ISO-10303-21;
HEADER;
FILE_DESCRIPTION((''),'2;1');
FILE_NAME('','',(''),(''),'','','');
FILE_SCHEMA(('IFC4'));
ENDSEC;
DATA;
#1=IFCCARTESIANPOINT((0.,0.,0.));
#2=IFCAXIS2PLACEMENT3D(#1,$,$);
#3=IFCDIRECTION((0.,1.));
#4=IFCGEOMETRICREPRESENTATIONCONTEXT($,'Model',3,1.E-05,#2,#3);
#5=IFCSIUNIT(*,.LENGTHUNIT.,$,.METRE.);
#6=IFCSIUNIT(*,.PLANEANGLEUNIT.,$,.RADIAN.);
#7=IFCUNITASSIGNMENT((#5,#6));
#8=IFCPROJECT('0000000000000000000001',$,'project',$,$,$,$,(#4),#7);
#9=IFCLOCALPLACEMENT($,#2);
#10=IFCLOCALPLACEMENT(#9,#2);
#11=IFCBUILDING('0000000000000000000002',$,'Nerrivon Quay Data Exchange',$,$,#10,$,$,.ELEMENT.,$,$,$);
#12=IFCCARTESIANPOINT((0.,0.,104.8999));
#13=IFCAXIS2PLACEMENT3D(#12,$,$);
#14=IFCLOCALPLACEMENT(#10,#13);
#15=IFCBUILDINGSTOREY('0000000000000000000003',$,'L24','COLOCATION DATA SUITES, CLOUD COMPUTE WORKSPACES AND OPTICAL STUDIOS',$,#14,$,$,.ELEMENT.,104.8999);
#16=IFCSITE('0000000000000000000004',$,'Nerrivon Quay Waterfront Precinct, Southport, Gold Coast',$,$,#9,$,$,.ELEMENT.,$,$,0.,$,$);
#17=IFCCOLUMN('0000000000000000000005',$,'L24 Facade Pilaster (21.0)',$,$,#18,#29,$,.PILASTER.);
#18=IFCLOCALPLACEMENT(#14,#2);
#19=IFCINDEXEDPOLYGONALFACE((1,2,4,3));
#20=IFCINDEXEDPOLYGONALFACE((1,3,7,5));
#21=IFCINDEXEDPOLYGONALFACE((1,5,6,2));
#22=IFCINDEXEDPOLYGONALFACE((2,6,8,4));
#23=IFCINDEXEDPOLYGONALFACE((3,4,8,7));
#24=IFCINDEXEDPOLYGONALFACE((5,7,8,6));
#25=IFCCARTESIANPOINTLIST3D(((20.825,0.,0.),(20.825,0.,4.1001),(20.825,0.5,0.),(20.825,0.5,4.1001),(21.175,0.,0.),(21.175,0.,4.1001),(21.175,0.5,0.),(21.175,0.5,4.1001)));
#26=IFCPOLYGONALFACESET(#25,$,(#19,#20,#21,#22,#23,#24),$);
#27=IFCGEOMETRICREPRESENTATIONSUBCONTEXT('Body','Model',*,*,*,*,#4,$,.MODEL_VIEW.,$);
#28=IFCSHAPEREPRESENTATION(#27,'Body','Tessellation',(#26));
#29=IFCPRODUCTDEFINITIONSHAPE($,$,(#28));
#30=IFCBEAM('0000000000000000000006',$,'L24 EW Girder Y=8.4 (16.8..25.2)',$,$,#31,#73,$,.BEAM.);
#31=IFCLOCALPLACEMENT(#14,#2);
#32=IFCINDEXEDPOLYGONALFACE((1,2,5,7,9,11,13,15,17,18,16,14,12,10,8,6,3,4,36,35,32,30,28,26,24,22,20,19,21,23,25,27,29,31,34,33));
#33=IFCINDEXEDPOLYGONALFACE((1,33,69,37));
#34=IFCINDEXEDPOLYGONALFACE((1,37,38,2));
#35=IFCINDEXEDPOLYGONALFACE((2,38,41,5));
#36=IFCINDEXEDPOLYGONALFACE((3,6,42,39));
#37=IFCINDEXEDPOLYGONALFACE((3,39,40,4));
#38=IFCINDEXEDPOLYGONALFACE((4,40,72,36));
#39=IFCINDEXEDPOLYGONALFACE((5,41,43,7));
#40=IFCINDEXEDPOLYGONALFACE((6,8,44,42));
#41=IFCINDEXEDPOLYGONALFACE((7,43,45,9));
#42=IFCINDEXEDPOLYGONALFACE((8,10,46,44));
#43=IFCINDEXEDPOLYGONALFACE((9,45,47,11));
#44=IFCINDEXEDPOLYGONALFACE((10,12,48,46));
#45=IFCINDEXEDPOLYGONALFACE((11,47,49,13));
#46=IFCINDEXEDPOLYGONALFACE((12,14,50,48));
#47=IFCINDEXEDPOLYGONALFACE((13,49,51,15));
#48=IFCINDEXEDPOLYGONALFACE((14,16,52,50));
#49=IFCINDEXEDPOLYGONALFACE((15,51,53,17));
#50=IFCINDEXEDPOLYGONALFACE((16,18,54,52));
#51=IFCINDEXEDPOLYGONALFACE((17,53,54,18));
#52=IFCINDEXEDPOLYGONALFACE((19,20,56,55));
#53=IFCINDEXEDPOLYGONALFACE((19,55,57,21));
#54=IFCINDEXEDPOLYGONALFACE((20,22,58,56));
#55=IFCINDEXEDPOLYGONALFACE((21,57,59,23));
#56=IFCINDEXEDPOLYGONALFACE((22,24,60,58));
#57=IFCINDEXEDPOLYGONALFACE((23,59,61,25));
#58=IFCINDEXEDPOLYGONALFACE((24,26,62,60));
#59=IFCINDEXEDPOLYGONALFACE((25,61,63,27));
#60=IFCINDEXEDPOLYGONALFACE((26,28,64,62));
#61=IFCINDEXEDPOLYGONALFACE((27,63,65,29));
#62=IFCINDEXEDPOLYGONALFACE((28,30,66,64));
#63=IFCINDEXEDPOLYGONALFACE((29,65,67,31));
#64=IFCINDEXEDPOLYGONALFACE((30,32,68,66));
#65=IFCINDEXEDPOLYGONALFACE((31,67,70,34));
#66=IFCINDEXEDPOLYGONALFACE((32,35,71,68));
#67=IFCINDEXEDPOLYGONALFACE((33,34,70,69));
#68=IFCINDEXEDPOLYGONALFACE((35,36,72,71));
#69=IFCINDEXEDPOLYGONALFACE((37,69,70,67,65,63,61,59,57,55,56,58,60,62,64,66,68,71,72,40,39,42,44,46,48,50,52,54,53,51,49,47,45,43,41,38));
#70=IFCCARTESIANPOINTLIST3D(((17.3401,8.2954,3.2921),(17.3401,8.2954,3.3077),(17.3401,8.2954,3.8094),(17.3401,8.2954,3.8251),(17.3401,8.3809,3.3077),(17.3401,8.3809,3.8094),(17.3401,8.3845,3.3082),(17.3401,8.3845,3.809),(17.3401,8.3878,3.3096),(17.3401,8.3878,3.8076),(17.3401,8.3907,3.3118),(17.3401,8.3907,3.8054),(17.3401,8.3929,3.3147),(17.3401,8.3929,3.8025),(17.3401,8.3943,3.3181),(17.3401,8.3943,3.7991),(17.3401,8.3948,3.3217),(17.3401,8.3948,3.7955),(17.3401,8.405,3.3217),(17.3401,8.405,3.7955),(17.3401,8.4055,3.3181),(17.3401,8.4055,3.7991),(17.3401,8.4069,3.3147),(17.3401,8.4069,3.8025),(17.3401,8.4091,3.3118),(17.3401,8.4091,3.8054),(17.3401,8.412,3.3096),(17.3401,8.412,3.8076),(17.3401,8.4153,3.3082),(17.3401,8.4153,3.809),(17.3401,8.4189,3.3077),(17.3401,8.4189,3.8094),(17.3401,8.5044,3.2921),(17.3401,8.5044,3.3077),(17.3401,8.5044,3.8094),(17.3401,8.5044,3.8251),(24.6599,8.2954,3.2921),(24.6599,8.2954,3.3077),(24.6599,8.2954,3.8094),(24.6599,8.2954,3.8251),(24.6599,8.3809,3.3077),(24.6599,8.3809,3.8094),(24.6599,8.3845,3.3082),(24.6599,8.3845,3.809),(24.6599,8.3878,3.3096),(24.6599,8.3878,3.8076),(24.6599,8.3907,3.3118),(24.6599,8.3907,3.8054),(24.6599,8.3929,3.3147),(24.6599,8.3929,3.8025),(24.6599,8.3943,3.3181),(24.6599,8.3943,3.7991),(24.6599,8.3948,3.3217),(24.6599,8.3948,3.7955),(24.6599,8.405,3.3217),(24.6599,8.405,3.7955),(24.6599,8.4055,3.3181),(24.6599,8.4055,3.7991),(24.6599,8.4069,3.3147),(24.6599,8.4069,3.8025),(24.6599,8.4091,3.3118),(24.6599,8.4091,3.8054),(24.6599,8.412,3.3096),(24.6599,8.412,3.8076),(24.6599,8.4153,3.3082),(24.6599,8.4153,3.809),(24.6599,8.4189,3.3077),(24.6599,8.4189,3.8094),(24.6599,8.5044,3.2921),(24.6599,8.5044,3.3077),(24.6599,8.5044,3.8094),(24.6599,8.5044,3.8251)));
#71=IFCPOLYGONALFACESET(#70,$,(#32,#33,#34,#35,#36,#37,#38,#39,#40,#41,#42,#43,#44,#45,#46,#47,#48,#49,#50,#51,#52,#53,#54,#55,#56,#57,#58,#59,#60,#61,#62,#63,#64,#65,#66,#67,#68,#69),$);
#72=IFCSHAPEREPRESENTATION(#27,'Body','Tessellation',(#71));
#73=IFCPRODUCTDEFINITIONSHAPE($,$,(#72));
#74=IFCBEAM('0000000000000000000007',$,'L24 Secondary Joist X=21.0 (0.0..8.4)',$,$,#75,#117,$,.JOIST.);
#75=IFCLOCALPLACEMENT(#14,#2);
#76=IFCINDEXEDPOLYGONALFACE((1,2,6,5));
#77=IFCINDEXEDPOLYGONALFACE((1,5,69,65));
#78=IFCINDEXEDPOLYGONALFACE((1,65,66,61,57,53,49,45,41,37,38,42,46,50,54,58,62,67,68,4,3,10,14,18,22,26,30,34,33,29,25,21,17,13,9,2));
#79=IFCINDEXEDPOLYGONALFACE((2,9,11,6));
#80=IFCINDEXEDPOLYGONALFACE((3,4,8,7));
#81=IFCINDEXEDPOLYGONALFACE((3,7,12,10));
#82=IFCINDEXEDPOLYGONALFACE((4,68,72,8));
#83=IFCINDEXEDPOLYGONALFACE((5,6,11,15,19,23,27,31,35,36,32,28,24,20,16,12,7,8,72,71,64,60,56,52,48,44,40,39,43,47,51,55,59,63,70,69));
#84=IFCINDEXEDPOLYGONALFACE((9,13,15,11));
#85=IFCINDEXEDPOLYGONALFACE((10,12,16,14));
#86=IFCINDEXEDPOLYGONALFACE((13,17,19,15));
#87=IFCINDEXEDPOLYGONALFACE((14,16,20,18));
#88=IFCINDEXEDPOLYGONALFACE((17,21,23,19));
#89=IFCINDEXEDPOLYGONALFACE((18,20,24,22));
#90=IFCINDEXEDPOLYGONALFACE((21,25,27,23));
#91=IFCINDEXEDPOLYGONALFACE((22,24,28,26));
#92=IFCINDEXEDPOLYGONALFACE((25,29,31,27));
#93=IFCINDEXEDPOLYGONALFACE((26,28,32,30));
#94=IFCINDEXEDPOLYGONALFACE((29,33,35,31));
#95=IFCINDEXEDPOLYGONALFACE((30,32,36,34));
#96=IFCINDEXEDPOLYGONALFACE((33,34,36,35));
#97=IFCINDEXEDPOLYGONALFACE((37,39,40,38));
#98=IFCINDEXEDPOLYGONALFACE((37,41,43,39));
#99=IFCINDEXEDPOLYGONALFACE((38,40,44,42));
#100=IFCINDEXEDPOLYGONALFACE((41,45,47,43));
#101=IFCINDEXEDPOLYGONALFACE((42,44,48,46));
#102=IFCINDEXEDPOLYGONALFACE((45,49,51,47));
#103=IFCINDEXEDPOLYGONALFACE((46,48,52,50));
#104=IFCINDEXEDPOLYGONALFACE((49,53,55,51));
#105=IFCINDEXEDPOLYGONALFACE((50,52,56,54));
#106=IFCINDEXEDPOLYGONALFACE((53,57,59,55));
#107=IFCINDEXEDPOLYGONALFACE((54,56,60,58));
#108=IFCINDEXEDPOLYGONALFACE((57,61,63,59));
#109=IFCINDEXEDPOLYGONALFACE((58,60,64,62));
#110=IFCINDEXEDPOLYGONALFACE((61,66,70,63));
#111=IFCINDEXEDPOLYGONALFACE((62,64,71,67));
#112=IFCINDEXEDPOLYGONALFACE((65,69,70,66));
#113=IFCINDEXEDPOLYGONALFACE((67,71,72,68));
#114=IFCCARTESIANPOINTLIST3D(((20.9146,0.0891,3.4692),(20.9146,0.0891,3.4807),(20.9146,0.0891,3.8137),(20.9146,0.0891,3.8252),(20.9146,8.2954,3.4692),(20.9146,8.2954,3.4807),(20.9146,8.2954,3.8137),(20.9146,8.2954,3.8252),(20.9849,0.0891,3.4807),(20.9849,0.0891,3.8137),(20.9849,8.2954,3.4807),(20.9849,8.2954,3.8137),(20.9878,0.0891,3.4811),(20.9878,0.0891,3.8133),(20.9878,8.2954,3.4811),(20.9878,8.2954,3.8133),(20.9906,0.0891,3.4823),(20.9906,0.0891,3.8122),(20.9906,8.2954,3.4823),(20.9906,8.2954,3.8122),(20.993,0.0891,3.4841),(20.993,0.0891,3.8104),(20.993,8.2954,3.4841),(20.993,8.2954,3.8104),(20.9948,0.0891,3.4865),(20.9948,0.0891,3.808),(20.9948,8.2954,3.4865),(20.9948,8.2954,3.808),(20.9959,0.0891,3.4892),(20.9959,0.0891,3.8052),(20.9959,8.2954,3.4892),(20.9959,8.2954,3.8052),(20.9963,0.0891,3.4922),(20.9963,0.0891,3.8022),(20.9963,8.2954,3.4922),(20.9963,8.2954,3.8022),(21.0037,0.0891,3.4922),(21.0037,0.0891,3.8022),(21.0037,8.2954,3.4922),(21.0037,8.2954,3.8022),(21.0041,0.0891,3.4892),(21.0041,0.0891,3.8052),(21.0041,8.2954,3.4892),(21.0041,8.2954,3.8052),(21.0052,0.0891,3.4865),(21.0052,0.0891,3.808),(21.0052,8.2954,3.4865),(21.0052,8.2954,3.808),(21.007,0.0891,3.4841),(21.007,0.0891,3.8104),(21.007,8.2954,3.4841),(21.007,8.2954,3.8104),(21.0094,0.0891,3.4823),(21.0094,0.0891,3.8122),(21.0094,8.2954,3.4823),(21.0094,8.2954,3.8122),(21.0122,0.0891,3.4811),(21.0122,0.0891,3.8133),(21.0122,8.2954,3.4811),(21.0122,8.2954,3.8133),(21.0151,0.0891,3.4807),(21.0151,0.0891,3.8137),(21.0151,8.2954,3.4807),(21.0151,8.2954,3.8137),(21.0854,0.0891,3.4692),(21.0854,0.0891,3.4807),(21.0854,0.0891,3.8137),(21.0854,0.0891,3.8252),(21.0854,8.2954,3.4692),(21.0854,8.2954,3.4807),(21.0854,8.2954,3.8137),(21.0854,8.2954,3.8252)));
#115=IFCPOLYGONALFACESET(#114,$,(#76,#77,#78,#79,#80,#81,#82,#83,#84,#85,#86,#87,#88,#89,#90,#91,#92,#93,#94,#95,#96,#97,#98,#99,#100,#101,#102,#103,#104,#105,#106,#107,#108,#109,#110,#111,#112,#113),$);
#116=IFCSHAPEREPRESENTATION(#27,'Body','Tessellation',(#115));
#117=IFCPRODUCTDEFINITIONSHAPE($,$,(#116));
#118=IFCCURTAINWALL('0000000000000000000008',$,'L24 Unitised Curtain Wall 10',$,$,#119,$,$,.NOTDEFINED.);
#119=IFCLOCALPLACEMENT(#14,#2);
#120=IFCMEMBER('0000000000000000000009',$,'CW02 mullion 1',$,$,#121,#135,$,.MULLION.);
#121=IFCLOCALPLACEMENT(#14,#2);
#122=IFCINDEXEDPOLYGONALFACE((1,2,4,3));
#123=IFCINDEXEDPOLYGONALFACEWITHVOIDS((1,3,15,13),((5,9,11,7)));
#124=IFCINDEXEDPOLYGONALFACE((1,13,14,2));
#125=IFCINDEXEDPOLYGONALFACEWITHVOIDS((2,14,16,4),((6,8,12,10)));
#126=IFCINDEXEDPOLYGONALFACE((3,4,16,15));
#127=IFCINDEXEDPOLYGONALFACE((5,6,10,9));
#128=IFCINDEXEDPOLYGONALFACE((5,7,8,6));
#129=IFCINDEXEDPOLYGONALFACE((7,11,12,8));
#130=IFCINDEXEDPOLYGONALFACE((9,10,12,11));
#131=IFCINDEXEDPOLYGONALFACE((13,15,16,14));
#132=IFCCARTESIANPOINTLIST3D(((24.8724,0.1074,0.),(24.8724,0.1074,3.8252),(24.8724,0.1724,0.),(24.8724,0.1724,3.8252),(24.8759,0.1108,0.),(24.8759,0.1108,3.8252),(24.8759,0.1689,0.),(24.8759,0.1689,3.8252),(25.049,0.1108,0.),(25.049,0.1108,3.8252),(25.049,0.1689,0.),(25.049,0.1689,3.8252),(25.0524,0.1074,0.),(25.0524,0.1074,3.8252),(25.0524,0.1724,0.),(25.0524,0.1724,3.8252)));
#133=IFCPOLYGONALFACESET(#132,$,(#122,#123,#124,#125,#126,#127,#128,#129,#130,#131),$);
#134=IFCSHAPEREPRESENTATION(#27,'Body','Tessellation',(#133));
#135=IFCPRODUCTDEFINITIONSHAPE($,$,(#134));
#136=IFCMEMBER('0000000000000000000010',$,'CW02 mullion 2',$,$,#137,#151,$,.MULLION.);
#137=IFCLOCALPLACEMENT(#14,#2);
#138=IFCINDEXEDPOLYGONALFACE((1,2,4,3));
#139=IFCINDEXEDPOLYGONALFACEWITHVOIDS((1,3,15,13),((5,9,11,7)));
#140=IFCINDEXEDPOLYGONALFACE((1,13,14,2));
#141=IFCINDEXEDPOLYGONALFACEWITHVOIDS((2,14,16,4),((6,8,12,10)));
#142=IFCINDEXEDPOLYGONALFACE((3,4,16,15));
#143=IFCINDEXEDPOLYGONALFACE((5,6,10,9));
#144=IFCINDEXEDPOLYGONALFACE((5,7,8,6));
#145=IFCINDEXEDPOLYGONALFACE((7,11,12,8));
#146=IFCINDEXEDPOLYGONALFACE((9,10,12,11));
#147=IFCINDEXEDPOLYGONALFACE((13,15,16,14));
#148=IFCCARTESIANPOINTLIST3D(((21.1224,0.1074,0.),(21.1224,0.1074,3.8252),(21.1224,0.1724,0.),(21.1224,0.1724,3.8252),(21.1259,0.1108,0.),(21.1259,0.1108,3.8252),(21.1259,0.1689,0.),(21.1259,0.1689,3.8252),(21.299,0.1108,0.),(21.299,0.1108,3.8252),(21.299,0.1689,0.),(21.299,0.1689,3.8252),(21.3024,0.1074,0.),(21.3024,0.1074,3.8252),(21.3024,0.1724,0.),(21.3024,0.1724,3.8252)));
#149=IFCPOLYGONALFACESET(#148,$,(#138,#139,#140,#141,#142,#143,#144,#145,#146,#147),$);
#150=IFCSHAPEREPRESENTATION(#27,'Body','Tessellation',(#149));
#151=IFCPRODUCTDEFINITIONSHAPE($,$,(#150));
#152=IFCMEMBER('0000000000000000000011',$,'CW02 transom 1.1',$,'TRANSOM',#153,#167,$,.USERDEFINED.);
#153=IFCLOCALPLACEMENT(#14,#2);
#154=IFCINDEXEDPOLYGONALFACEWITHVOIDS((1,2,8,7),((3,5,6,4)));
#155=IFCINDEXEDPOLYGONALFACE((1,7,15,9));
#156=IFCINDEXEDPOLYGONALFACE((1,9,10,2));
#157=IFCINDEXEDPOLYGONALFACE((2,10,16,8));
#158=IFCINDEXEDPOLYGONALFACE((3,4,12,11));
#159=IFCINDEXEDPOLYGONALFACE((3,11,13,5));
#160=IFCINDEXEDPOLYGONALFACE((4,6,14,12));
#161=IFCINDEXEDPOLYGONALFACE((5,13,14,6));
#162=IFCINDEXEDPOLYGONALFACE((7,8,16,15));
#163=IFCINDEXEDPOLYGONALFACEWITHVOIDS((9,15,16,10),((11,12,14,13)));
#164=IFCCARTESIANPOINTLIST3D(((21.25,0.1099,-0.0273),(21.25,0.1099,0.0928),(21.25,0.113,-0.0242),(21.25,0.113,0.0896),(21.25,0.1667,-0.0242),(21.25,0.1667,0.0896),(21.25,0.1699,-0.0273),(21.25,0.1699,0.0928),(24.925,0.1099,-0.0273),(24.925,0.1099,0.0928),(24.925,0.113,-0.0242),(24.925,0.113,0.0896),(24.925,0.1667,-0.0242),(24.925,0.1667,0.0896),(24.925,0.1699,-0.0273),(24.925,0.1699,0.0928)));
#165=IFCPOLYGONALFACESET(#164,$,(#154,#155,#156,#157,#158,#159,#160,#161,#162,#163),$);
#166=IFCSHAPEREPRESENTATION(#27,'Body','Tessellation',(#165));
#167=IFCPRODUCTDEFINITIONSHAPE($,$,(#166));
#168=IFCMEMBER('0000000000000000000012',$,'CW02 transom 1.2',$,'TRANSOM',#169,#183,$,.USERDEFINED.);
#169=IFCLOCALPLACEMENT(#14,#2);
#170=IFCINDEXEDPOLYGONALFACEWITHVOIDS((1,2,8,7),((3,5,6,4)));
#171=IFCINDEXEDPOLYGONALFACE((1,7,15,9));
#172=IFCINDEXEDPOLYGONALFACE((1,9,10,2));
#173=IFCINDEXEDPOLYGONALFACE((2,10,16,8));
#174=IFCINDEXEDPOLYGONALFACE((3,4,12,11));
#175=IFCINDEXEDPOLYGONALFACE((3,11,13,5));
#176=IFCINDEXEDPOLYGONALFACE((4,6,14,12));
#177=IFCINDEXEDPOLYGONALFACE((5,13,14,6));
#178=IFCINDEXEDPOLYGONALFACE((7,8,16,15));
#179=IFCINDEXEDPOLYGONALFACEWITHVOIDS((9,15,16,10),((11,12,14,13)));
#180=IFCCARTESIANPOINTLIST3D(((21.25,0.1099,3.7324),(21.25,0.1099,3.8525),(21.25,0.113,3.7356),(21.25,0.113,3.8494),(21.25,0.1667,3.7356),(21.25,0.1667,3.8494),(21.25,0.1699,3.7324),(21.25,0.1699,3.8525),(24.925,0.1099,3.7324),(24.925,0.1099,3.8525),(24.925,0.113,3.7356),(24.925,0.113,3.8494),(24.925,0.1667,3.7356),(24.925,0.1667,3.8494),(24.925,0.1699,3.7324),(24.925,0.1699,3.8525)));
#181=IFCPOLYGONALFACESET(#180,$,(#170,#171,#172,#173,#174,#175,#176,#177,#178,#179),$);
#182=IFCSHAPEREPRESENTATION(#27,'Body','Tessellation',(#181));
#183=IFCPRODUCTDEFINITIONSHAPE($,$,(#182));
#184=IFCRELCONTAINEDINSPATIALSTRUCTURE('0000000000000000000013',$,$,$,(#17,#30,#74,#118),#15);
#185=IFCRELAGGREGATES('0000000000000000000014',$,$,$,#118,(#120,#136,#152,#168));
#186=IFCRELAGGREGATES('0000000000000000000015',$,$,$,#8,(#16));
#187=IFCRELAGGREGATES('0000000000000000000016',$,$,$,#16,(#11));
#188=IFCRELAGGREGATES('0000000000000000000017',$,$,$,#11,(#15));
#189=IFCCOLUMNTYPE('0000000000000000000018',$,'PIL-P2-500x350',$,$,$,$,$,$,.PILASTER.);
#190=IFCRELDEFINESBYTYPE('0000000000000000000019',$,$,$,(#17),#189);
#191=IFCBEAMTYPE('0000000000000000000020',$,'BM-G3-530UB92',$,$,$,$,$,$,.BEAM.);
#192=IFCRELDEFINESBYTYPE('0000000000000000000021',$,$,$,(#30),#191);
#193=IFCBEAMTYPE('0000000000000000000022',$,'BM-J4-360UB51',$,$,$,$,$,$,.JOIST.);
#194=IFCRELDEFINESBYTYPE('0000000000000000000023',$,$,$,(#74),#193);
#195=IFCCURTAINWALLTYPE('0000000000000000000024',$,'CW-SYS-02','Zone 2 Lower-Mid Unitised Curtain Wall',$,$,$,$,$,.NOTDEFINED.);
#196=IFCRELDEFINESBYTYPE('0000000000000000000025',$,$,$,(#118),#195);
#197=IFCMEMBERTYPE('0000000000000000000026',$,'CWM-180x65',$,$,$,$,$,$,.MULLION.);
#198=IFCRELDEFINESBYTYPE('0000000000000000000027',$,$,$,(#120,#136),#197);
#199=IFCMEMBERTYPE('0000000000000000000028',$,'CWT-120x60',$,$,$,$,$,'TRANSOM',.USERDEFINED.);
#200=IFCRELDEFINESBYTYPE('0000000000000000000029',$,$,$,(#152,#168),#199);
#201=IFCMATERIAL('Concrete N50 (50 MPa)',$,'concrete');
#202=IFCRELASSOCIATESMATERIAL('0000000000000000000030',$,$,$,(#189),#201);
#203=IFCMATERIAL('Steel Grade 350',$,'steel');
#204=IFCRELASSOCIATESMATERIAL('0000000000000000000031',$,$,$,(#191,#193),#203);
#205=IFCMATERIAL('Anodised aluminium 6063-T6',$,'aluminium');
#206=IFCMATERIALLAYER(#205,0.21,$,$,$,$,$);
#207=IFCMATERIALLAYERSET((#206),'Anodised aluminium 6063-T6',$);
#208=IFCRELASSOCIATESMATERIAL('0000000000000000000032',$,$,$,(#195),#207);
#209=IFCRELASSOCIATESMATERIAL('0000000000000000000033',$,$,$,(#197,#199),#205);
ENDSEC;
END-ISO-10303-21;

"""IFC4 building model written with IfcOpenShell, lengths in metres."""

from ifc_helpers import new_model, si_unit, direction, frame, origin, origin_2d, place, context, subcontext, project, spatial, rectangle, hollow_rectangle, i_section, extrude, material, layer, layer_set, material_profile, profile_set, type_object, element, aggregate, save


model = new_model("IFC4")

# Units and contexts
model_context = context("Model", 3, precision=1e-05, world=origin(), true_north=direction((0.0, 1.0)))
body_context = subcontext(model_context, "Body", "Model", "MODEL_VIEW")
ifc_project = project(units=[si_unit("LENGTHUNIT", "METRE"), si_unit("PLANEANGLEUNIT", "RADIAN")], contexts=[model_context])

# Site, building, storey
site_placement = place(None, origin())
site = spatial("IfcSite", under=ifc_project, at=site_placement, Name="Nerrivon Quay Waterfront Precinct, Southport, Gold Coast", CompositionType="ELEMENT", RefElevation=0.0)
building_placement = place(site_placement, origin())
building = spatial("IfcBuilding", under=site, at=building_placement, Name="Nerrivon Quay Data Exchange", CompositionType="ELEMENT")
storey_placement = place(building_placement, frame((0.0, 0.0, 104.8999)))
storey = spatial("IfcBuildingStorey", under=building, at=storey_placement, Name="L24", Description="COLOCATION DATA SUITES, CLOUD COMPUTE WORKSPACES AND OPTICAL STUDIOS", CompositionType="ELEMENT", Elevation=104.8999)

# Column
ifc_material_1 = material(Name="Concrete N50 (50 MPa)", Category="concrete")
ifc_material_profile_1 = material_profile(ifc_material_1, rectangle(XDim=0.3501, YDim=0.5, at=origin_2d()), Name="RC-PIL-500x350")
ifc_profile_set_1 = profile_set([ifc_material_profile_1], Name="Concrete N50 (50 MPa)")
column_type = type_object("IfcColumnType", Name="PIL-P2-500x350", PredefinedType="PILASTER", material=ifc_profile_set_1)
column_placement = place(storey_placement, frame((21.0, 0.25, 0.0), z_axis=(0.0, 0.0, 1.0), x_axis=(1.0, 0.0, 0.0)))
element("IfcColumn", 1, at=column_placement, inside=storey, type_object=column_type, Name="L24 Facade Pilaster (21.0)", PredefinedType="PILASTER", context=body_context, shape_type="SweptSolid", body=[
    extrude(rectangle(XDim=0.3501, YDim=0.5, at=origin_2d()), origin(), (0.0, 0.0, 1.0), 4.1001),
])

# Beams
ifc_material_2 = material(Name="Steel Grade 350", Category="steel")
ifc_material_profile_2 = material_profile(ifc_material_2, i_section(OverallWidth=0.209, OverallDepth=0.533, WebThickness=0.0103, FlangeThickness=0.0156, FilletRadius=0.0139, at=origin_2d()), Name="530UB92.4")
ifc_profile_set_2 = profile_set([ifc_material_profile_2], Name="Steel Grade 350")
beam_type_1 = type_object("IfcBeamType", Name="BM-G3-530UB92", PredefinedType="BEAM", material=ifc_profile_set_2)
beam_1_placement = place(storey_placement, frame((17.3401, 8.3999, 3.5586), z_axis=(1.0, 0.0, 0.0), x_axis=(0.0, 1.0, 0.0)))
element("IfcBeam", 2, at=beam_1_placement, inside=storey, type_object=beam_type_1, Name="L24 EW Girder Y=8.4 (16.8..25.2)", PredefinedType="BEAM", context=body_context, shape_type="SweptSolid", body=[
    extrude(i_section(OverallWidth=0.209, OverallDepth=0.533, WebThickness=0.0103, FlangeThickness=0.0156, FilletRadius=0.0139, at=origin_2d()), origin(), (0.0, 0.0, 1.0), 7.3198),
])
ifc_material_profile_3 = material_profile(ifc_material_2, i_section(OverallWidth=0.1709, OverallDepth=0.356, WebThickness=0.0073, FlangeThickness=0.0115, FilletRadius=0.0115, at=origin_2d()), Name="360UB50.7")
ifc_profile_set_3 = profile_set([ifc_material_profile_3], Name="Steel Grade 350")
beam_type_2 = type_object("IfcBeamType", Name="BM-J4-360UB51", PredefinedType="JOIST", material=ifc_profile_set_3)
beam_2_placement = place(storey_placement, frame((21.0, 0.0891, 3.6472), z_axis=(0.0, 1.0, 0.0), x_axis=(-1.0, 0.0, 0.0)))
element("IfcBeam", 3, at=beam_2_placement, inside=storey, type_object=beam_type_2, Name="L24 Secondary Joist X=21.0 (0.0..8.4)", PredefinedType="JOIST", context=body_context, shape_type="SweptSolid", body=[
    extrude(i_section(OverallWidth=0.1709, OverallDepth=0.356, WebThickness=0.0073, FlangeThickness=0.0115, FilletRadius=0.0115, at=origin_2d()), origin(), (0.0, 0.0, 1.0), 8.2063),
])

# Curtain wall, members
ifc_material_3 = material(Name="Anodised aluminium 6063-T6", Category="aluminium")
ifc_layer_1 = layer(ifc_material_3, 0.21)
ifc_layer_set_1 = layer_set([ifc_layer_1], Name="Anodised aluminium 6063-T6")
curtain_wall_type = type_object("IfcCurtainWallType", Name="CW-SYS-02", Description="Zone 2 Lower-Mid Unitised Curtain Wall", PredefinedType="NOTDEFINED", material=ifc_layer_set_1)
curtain_wall_placement = place(storey_placement, origin())
curtain_wall = element("IfcCurtainWall", 4, at=curtain_wall_placement, inside=storey, type_object=curtain_wall_type, Name="L24 Unitised Curtain Wall 10", PredefinedType="NOTDEFINED")
ifc_material_profile_4 = material_profile(ifc_material_3, hollow_rectangle(XDim=0.0649, YDim=0.1799, WallThickness=0.0034, at=origin_2d()), Name="ALU-MULL-180x65")
ifc_profile_set_4 = profile_set([ifc_material_profile_4], Name="Anodised aluminium 6063-T6")
member_type_1 = type_object("IfcMemberType", Name="CWM-180x65", PredefinedType="MULLION", material=ifc_profile_set_4)
member_1_placement = place(storey_placement, frame((24.9624, 0.1399, 0.0), z_axis=(0.0, 0.0, 1.0), x_axis=(0.0, -1.0, 0.0)))
member_1 = element("IfcMember", 5, at=member_1_placement, type_object=member_type_1, Name="CW02 mullion 1", PredefinedType="MULLION", context=body_context, shape_type="SweptSolid", body=[
    extrude(hollow_rectangle(XDim=0.0649, YDim=0.1799, WallThickness=0.0034, at=origin_2d()), origin(), (0.0, 0.0, 1.0), 3.8252),
])
member_2_placement = place(storey_placement, frame((21.2124, 0.1399, 0.0), z_axis=(0.0, 0.0, 1.0), x_axis=(0.0, -1.0, 0.0)))
member_2 = element("IfcMember", 6, at=member_2_placement, type_object=member_type_1, Name="CW02 mullion 2", PredefinedType="MULLION", context=body_context, shape_type="SweptSolid", body=[
    extrude(hollow_rectangle(XDim=0.0649, YDim=0.1799, WallThickness=0.0034, at=origin_2d()), origin(), (0.0, 0.0, 1.0), 3.8252),
])
ifc_material_profile_5 = material_profile(ifc_material_3, hollow_rectangle(XDim=0.0601, YDim=0.1201, WallThickness=0.0032, at=origin_2d()), Name="ALU-TRAN-120x60")
ifc_profile_set_5 = profile_set([ifc_material_profile_5], Name="Anodised aluminium 6063-T6")
member_type_2 = type_object("IfcMemberType", Name="CWT-120x60", ElementType="TRANSOM", PredefinedType="USERDEFINED", material=ifc_profile_set_5)
member_3_placement = place(storey_placement, frame((24.925, 0.1399, 0.0327), z_axis=(-1.0, 0.0, 0.0), x_axis=(0.0, -1.0, 0.0)))
member_3 = element("IfcMember", 7, at=member_3_placement, type_object=member_type_2, Name="CW02 transom 1.1", ObjectType="TRANSOM", PredefinedType="USERDEFINED", context=body_context, shape_type="SweptSolid", body=[
    extrude(hollow_rectangle(XDim=0.0601, YDim=0.1201, WallThickness=0.0032, at=origin_2d()), origin(), (0.0, 0.0, 1.0), 3.675),
])
member_4_placement = place(storey_placement, frame((24.925, 0.1399, 3.7925), z_axis=(-1.0, 0.0, 0.0), x_axis=(0.0, -1.0, 0.0)))
member_4 = element("IfcMember", 8, at=member_4_placement, type_object=member_type_2, Name="CW02 transom 1.2", ObjectType="TRANSOM", PredefinedType="USERDEFINED", context=body_context, shape_type="SweptSolid", body=[
    extrude(hollow_rectangle(XDim=0.0601, YDim=0.1201, WallThickness=0.0032, at=origin_2d()), origin(), (0.0, 0.0, 1.0), 3.675),
])
aggregate(curtain_wall, [member_1, member_2, member_3, member_4])

save(model, "model.ifc")
